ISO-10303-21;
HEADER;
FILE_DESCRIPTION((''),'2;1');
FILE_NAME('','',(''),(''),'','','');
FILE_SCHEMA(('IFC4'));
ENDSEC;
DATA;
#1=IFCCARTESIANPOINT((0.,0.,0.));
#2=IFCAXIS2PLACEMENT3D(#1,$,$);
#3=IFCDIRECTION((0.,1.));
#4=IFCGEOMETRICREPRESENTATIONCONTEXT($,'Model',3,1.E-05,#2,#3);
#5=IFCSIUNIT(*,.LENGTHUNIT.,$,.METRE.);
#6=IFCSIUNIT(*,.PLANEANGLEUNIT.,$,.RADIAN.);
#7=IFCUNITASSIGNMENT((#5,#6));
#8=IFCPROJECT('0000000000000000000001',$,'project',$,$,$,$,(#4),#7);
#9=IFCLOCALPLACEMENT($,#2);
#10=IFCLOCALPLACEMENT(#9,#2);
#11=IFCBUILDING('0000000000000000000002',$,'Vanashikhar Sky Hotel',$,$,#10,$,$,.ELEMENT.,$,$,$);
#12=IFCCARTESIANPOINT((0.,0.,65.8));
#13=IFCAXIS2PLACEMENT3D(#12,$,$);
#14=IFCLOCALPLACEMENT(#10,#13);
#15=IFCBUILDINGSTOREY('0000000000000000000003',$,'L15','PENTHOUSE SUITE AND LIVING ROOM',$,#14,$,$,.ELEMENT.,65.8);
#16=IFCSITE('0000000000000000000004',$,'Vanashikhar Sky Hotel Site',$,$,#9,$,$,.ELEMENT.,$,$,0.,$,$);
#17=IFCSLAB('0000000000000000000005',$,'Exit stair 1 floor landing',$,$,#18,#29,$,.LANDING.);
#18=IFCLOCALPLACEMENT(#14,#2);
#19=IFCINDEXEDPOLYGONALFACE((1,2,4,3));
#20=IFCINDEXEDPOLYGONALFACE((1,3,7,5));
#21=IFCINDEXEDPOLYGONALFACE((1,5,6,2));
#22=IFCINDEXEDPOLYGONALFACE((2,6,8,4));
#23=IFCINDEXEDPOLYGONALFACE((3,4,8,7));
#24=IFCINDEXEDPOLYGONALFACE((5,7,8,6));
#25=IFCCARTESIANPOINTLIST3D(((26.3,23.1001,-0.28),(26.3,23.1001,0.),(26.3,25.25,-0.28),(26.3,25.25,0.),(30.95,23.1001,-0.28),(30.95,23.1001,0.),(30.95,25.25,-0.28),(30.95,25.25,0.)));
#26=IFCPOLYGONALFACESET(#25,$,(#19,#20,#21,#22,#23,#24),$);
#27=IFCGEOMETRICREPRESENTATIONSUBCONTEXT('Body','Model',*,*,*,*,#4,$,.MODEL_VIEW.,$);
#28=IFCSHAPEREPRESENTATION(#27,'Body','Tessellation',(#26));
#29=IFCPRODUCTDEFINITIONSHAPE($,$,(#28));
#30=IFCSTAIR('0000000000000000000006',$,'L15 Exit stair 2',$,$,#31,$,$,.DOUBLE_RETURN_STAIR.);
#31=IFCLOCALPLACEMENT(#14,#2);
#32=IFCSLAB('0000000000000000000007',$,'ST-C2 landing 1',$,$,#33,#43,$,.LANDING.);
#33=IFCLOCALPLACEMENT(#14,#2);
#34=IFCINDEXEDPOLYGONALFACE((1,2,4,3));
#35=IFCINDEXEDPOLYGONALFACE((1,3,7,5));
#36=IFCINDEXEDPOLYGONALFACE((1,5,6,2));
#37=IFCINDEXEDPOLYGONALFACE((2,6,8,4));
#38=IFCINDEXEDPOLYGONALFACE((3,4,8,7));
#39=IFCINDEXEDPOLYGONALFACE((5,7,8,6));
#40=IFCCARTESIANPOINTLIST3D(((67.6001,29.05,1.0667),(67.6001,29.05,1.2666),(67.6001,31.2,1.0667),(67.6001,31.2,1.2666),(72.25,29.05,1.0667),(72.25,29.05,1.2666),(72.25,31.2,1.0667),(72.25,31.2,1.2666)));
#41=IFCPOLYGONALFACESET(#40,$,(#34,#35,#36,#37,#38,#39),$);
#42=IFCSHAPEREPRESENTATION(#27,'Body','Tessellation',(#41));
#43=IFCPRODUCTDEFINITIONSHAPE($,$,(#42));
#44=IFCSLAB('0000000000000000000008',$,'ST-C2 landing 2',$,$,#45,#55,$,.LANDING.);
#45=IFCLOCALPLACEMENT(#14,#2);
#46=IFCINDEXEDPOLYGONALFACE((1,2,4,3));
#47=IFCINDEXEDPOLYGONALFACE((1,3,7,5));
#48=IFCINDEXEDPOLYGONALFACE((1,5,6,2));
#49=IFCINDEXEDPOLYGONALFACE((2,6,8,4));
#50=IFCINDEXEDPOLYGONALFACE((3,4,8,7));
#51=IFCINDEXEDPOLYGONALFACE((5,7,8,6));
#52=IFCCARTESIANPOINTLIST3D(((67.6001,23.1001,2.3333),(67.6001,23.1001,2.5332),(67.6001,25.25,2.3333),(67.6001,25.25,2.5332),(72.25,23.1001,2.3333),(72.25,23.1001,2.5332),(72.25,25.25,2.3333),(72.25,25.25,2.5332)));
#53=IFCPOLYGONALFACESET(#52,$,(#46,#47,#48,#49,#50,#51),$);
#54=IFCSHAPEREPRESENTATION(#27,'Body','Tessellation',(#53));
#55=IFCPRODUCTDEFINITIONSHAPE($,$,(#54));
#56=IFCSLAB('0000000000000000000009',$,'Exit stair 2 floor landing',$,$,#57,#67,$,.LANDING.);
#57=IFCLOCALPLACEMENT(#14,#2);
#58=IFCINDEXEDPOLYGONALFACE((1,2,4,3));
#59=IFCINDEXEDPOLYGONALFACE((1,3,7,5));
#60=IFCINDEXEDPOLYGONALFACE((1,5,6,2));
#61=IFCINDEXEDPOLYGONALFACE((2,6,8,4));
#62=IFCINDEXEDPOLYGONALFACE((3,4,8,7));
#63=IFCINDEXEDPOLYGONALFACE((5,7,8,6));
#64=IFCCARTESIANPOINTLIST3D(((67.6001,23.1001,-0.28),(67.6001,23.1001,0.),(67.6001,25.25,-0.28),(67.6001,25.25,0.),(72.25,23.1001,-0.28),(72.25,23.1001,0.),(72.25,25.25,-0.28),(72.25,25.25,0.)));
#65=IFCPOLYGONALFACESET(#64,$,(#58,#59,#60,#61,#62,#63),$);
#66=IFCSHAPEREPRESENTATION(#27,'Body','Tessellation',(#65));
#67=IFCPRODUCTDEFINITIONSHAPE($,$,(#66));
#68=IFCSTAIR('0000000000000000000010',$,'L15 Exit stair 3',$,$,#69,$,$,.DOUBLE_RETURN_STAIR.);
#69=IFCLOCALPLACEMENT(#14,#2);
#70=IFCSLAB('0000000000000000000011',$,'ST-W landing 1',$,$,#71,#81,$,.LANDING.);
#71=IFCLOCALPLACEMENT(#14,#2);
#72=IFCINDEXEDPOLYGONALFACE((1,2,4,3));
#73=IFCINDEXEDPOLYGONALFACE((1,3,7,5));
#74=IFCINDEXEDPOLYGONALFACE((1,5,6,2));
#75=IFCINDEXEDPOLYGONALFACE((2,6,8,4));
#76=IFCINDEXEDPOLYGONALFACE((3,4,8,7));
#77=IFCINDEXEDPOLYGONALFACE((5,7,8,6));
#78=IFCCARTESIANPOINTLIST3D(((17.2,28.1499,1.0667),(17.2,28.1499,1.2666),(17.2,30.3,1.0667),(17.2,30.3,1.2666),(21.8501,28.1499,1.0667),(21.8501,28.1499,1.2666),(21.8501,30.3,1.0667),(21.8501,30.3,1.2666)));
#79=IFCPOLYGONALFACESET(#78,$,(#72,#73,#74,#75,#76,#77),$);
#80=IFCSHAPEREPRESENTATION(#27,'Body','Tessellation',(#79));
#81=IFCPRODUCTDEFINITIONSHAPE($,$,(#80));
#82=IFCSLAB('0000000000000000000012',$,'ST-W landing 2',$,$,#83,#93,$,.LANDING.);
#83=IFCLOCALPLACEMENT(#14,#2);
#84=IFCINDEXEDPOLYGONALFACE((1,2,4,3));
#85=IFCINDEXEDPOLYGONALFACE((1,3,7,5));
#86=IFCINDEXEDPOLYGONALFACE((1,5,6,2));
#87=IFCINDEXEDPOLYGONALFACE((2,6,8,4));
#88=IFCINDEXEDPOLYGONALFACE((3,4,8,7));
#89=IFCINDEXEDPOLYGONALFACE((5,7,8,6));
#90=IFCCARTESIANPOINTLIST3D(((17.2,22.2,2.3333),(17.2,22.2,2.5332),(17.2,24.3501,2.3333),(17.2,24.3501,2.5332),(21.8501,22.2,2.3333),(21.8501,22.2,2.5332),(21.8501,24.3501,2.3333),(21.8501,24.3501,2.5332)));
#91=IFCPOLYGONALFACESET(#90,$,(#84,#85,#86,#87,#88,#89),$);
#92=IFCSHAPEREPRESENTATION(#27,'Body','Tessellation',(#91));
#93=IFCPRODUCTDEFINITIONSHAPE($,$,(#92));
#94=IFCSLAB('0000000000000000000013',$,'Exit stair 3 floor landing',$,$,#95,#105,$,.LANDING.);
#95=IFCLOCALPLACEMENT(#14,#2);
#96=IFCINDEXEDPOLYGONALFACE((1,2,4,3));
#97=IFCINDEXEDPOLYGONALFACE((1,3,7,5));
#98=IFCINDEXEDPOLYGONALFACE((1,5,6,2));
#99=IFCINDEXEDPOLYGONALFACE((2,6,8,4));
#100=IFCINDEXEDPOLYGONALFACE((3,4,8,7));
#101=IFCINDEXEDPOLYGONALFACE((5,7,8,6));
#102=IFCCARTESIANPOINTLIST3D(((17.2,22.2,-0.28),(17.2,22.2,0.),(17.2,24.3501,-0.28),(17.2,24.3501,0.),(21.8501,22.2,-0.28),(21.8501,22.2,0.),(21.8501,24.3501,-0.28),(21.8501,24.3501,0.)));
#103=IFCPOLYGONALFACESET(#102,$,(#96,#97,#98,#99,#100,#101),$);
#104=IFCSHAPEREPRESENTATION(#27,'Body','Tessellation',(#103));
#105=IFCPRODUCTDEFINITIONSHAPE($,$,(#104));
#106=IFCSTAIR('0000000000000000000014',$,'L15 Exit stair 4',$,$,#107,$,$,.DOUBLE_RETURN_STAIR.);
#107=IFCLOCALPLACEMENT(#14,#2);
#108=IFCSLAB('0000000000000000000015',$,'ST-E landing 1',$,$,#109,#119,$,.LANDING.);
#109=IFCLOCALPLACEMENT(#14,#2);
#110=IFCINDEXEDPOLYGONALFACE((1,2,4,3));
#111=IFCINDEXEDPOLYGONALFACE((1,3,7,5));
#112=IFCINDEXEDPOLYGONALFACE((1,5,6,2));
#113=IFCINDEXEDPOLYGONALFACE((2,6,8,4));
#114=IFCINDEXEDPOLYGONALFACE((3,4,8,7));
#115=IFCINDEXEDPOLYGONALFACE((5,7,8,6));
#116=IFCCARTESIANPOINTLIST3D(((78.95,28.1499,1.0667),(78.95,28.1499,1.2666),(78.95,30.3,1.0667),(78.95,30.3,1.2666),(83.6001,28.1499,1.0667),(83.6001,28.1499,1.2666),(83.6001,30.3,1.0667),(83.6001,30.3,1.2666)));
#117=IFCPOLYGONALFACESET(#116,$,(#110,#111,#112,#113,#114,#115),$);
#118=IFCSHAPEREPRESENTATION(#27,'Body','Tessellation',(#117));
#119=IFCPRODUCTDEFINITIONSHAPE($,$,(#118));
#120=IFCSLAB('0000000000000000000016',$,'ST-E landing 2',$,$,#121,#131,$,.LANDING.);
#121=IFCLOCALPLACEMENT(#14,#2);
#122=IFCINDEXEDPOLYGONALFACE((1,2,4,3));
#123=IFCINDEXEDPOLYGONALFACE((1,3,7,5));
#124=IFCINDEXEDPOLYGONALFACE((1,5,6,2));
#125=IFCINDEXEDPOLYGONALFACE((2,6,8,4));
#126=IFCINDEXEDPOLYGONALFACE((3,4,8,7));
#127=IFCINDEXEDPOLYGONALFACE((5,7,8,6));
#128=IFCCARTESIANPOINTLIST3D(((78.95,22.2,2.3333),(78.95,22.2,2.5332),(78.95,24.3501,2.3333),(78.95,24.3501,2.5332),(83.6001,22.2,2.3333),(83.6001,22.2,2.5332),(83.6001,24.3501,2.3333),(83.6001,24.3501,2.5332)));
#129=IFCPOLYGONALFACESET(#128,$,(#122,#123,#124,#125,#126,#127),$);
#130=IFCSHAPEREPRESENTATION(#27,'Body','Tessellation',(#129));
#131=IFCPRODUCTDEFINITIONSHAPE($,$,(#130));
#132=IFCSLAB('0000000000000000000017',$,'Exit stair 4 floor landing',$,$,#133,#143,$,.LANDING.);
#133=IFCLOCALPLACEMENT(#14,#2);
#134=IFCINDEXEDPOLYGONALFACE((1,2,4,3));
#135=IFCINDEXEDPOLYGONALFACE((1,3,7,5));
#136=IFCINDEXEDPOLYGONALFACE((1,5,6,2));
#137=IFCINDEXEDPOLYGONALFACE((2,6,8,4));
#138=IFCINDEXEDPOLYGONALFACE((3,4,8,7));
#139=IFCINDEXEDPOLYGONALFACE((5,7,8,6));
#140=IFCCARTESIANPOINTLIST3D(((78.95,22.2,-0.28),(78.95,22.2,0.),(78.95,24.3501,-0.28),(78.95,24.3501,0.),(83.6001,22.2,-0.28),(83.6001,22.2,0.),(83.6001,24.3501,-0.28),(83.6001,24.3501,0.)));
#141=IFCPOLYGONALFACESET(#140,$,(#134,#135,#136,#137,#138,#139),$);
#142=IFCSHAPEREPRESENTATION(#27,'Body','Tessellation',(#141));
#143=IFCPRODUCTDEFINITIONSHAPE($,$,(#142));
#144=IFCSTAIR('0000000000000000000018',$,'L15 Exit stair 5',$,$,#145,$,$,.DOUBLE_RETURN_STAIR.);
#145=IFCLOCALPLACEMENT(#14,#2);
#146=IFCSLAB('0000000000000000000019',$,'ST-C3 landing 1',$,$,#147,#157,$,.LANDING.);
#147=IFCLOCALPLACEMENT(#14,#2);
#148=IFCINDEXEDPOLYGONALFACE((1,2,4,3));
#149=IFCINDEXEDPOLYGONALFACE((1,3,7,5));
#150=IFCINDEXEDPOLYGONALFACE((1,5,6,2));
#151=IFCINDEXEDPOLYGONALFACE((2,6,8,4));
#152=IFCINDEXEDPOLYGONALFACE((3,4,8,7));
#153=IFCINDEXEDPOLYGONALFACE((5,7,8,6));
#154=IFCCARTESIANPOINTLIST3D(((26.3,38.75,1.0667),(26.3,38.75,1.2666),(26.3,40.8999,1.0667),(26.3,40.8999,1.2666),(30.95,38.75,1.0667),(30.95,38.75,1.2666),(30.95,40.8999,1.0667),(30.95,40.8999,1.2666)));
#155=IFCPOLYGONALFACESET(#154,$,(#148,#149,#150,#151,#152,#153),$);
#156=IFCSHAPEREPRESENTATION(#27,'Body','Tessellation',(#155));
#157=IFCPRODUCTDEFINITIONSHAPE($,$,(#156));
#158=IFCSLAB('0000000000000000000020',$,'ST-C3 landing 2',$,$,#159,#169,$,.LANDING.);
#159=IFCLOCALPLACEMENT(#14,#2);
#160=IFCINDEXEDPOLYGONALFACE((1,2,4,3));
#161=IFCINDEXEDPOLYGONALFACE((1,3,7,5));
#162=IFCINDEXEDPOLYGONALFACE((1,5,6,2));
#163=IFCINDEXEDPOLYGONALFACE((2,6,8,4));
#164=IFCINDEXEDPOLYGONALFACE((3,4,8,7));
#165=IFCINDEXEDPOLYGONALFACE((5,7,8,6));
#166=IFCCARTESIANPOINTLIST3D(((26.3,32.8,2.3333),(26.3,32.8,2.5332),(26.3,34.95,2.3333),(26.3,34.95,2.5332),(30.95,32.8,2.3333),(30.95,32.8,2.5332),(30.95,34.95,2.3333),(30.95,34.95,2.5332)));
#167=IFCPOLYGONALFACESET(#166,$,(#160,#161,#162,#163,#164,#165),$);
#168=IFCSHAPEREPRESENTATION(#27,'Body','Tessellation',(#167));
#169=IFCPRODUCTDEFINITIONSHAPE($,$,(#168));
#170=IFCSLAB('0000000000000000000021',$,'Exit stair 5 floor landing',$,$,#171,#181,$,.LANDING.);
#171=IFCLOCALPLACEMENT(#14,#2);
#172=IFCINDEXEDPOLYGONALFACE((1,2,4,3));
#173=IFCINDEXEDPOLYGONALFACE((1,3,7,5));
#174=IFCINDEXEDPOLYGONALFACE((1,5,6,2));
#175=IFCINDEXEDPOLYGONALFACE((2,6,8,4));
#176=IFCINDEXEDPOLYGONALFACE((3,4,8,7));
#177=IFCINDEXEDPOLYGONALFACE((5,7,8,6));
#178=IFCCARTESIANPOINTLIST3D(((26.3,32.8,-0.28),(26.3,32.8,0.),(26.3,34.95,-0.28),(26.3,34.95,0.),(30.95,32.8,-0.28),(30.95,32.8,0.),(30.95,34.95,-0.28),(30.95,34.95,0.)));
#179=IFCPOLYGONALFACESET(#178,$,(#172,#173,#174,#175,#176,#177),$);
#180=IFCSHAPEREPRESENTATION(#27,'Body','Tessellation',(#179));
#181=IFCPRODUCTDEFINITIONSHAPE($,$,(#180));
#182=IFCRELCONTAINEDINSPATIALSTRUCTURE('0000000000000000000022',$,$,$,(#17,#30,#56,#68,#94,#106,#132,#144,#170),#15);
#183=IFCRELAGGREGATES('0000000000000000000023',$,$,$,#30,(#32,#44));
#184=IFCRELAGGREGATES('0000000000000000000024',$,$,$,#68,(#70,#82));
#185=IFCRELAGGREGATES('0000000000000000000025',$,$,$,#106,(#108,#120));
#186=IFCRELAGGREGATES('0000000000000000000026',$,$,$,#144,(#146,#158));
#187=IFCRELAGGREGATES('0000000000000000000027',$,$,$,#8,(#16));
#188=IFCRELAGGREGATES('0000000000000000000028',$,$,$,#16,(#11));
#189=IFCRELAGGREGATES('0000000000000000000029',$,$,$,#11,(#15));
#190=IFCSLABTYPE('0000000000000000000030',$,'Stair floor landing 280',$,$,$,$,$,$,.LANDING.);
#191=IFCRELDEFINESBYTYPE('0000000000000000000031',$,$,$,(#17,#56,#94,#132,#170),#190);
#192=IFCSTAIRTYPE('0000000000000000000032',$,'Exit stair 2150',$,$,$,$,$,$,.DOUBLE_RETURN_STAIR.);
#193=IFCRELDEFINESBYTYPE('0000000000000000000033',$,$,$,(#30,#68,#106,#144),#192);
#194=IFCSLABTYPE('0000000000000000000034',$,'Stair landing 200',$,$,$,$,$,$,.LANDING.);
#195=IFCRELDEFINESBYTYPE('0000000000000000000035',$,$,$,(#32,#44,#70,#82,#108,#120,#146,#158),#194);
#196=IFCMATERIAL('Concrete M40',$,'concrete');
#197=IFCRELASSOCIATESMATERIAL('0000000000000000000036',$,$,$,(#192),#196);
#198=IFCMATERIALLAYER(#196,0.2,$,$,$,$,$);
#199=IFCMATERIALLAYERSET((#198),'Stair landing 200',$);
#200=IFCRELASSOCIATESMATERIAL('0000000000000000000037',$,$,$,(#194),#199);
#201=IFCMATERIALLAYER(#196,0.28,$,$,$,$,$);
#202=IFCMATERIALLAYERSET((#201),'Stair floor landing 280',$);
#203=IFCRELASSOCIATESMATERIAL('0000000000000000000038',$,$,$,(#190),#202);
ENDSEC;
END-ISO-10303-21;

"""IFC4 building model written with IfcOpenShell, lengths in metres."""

from ifc_helpers import new_model, si_unit, direction, frame, origin, place, context, subcontext, project, spatial, polyline, outline, extrude, source, transform, mapped, material, layer, layer_set, type_object, element, aggregate, save


model = new_model("IFC4")

# Units and contexts
model_context = context("Model", 3, precision=1e-05, world=origin(), true_north=direction((0.0, 1.0)))
body_context = subcontext(model_context, "Body", "Model", "MODEL_VIEW")
ifc_project = project(units=[si_unit("LENGTHUNIT", "METRE"), si_unit("PLANEANGLEUNIT", "RADIAN")], contexts=[model_context])

# Site, building, storey
site_placement = place(None, origin())
site = spatial("IfcSite", under=ifc_project, at=site_placement, Name="Vanashikhar Sky Hotel Site", CompositionType="ELEMENT", RefElevation=0.0)
building_placement = place(site_placement, origin())
building = spatial("IfcBuilding", under=site, at=building_placement, Name="Vanashikhar Sky Hotel", CompositionType="ELEMENT")
storey_placement = place(building_placement, frame((0.0, 0.0, 65.8)))
storey = spatial("IfcBuildingStorey", under=building, at=storey_placement, Name="L15", Description="PENTHOUSE SUITE AND LIVING ROOM", CompositionType="ELEMENT", Elevation=65.8)

# Shared definitions
ifc_material_1 = material(Name="Concrete M40", Category="concrete")

# Shared definitions
stair_type = type_object("IfcStairType", Name="Exit stair 2150", PredefinedType="DOUBLE_RETURN_STAIR", material=ifc_material_1)
ifc_layer_1 = layer(ifc_material_1, 0.2)
ifc_layer_set_1 = layer_set([ifc_layer_1], Name="Stair landing 200")
slab_type_1 = type_object("IfcSlabType", Name="Stair landing 200", PredefinedType="LANDING", material=ifc_layer_set_1)

# Slab
ifc_layer_2 = layer(ifc_material_1, 0.28)
ifc_layer_set_2 = layer_set([ifc_layer_2], Name="Stair floor landing 280")
slab_type_2 = type_object("IfcSlabType", Name="Stair floor landing 280", PredefinedType="LANDING", material=ifc_layer_set_2)
shared_shape_1 = source(origin(), body_context, "Body", "SweptSolid", [
    extrude(outline(polyline([(30.95, 23.1001), (30.95, 25.25), (26.3, 25.25), (26.3, 23.1001), (30.95, 23.1001)])), origin(), (0.0, 0.0, 1.0), 0.28),
])
slab_1_placement = place(storey_placement, frame((0.0, 0.0, -0.28)))
element("IfcSlab", 1, at=slab_1_placement, inside=storey, type_object=slab_type_2, Name="Exit stair 1 floor landing", PredefinedType="LANDING", context=body_context, shape_type="MappedRepresentation", body=[
    mapped(shared_shape_1, transform((0.0, 0.0, 0.0), scale=1.0)),
])

# Stair, slabs
stair_1_placement = place(storey_placement, origin())
stair_1 = element("IfcStair", 2, at=stair_1_placement, inside=storey, type_object=stair_type, Name="L15 Exit stair 2", PredefinedType="DOUBLE_RETURN_STAIR")
shared_shape_2 = source(origin(), body_context, "Body", "SweptSolid", [
    extrude(outline(polyline([(72.25, 29.05), (72.25, 31.2), (67.6001, 31.2), (67.6001, 29.05), (72.25, 29.05)])), origin(), (0.0, 0.0, 1.0), 0.2),
])
slab_2_placement = place(storey_placement, frame((0.0, 0.0, 1.0667)))
slab_2 = element("IfcSlab", 3, at=slab_2_placement, type_object=slab_type_1, Name="ST-C2 landing 1", PredefinedType="LANDING", context=body_context, shape_type="MappedRepresentation", body=[
    mapped(shared_shape_2, transform((0.0, 0.0, 0.0), scale=1.0)),
])
shared_shape_3 = source(origin(), body_context, "Body", "SweptSolid", [
    extrude(outline(polyline([(72.25, 23.1001), (72.25, 25.25), (67.6001, 25.25), (67.6001, 23.1001), (72.25, 23.1001)])), origin(), (0.0, 0.0, 1.0), 0.2),
])
slab_3_placement = place(storey_placement, frame((0.0, 0.0, 2.3333)))
slab_3 = element("IfcSlab", 4, at=slab_3_placement, type_object=slab_type_1, Name="ST-C2 landing 2", PredefinedType="LANDING", context=body_context, shape_type="MappedRepresentation", body=[
    mapped(shared_shape_3, transform((0.0, 0.0, 0.0), scale=1.0)),
])
aggregate(stair_1, [slab_2, slab_3])

# Slab
shared_shape_4 = source(origin(), body_context, "Body", "SweptSolid", [
    extrude(outline(polyline([(72.25, 23.1001), (72.25, 25.25), (67.6001, 25.25), (67.6001, 23.1001), (72.25, 23.1001)])), origin(), (0.0, 0.0, 1.0), 0.28),
])
slab_4_placement = place(storey_placement, frame((0.0, 0.0, -0.28)))
element("IfcSlab", 5, at=slab_4_placement, inside=storey, type_object=slab_type_2, Name="Exit stair 2 floor landing", PredefinedType="LANDING", context=body_context, shape_type="MappedRepresentation", body=[
    mapped(shared_shape_4, transform((0.0, 0.0, 0.0), scale=1.0)),
])

# Stair, slabs
stair_2_placement = place(storey_placement, origin())
stair_2 = element("IfcStair", 6, at=stair_2_placement, inside=storey, type_object=stair_type, Name="L15 Exit stair 3", PredefinedType="DOUBLE_RETURN_STAIR")
shared_shape_5 = source(origin(), body_context, "Body", "SweptSolid", [
    extrude(outline(polyline([(21.8501, 28.1499), (21.8501, 30.3), (17.2, 30.3), (17.2, 28.1499), (21.8501, 28.1499)])), origin(), (0.0, 0.0, 1.0), 0.2),
])
slab_5_placement = place(storey_placement, frame((0.0, 0.0, 1.0667)))
slab_5 = element("IfcSlab", 7, at=slab_5_placement, type_object=slab_type_1, Name="ST-W landing 1", PredefinedType="LANDING", context=body_context, shape_type="MappedRepresentation", body=[
    mapped(shared_shape_5, transform((0.0, 0.0, 0.0), scale=1.0)),
])
shared_shape_6 = source(origin(), body_context, "Body", "SweptSolid", [
    extrude(outline(polyline([(21.8501, 22.2), (21.8501, 24.3501), (17.2, 24.3501), (17.2, 22.2), (21.8501, 22.2)])), origin(), (0.0, 0.0, 1.0), 0.2),
])
slab_6_placement = place(storey_placement, frame((0.0, 0.0, 2.3333)))
slab_6 = element("IfcSlab", 8, at=slab_6_placement, type_object=slab_type_1, Name="ST-W landing 2", PredefinedType="LANDING", context=body_context, shape_type="MappedRepresentation", body=[
    mapped(shared_shape_6, transform((0.0, 0.0, 0.0), scale=1.0)),
])
aggregate(stair_2, [slab_5, slab_6])

# Slab
shared_shape_7 = source(origin(), body_context, "Body", "SweptSolid", [
    extrude(outline(polyline([(21.8501, 22.2), (21.8501, 24.3501), (17.2, 24.3501), (17.2, 22.2), (21.8501, 22.2)])), origin(), (0.0, 0.0, 1.0), 0.28),
])
slab_7_placement = place(storey_placement, frame((0.0, 0.0, -0.28)))
element("IfcSlab", 9, at=slab_7_placement, inside=storey, type_object=slab_type_2, Name="Exit stair 3 floor landing", PredefinedType="LANDING", context=body_context, shape_type="MappedRepresentation", body=[
    mapped(shared_shape_7, transform((0.0, 0.0, 0.0), scale=1.0)),
])

# Stair, slabs
stair_3_placement = place(storey_placement, origin())
stair_3 = element("IfcStair", 10, at=stair_3_placement, inside=storey, type_object=stair_type, Name="L15 Exit stair 4", PredefinedType="DOUBLE_RETURN_STAIR")
shared_shape_8 = source(origin(), body_context, "Body", "SweptSolid", [
    extrude(outline(polyline([(83.6001, 28.1499), (83.6001, 30.3), (78.95, 30.3), (78.95, 28.1499), (83.6001, 28.1499)])), origin(), (0.0, 0.0, 1.0), 0.2),
])
slab_8_placement = place(storey_placement, frame((0.0, 0.0, 1.0667)))
slab_8 = element("IfcSlab", 11, at=slab_8_placement, type_object=slab_type_1, Name="ST-E landing 1", PredefinedType="LANDING", context=body_context, shape_type="MappedRepresentation", body=[
    mapped(shared_shape_8, transform((0.0, 0.0, 0.0), scale=1.0)),
])
shared_shape_9 = source(origin(), body_context, "Body", "SweptSolid", [
    extrude(outline(polyline([(83.6001, 22.2), (83.6001, 24.3501), (78.95, 24.3501), (78.95, 22.2), (83.6001, 22.2)])), origin(), (0.0, 0.0, 1.0), 0.2),
])
slab_9_placement = place(storey_placement, frame((0.0, 0.0, 2.3333)))
slab_9 = element("IfcSlab", 12, at=slab_9_placement, type_object=slab_type_1, Name="ST-E landing 2", PredefinedType="LANDING", context=body_context, shape_type="MappedRepresentation", body=[
    mapped(shared_shape_9, transform((0.0, 0.0, 0.0), scale=1.0)),
])
aggregate(stair_3, [slab_8, slab_9])

# Slab
shared_shape_10 = source(origin(), body_context, "Body", "SweptSolid", [
    extrude(outline(polyline([(83.6001, 22.2), (83.6001, 24.3501), (78.95, 24.3501), (78.95, 22.2), (83.6001, 22.2)])), origin(), (0.0, 0.0, 1.0), 0.28),
])
slab_10_placement = place(storey_placement, frame((0.0, 0.0, -0.28)))
element("IfcSlab", 13, at=slab_10_placement, inside=storey, type_object=slab_type_2, Name="Exit stair 4 floor landing", PredefinedType="LANDING", context=body_context, shape_type="MappedRepresentation", body=[
    mapped(shared_shape_10, transform((0.0, 0.0, 0.0), scale=1.0)),
])

# Stair, slabs
stair_4_placement = place(storey_placement, origin())
stair_4 = element("IfcStair", 14, at=stair_4_placement, inside=storey, type_object=stair_type, Name="L15 Exit stair 5", PredefinedType="DOUBLE_RETURN_STAIR")
shared_shape_11 = source(origin(), body_context, "Body", "SweptSolid", [
    extrude(outline(polyline([(30.95, 38.75), (30.95, 40.8999), (26.3, 40.8999), (26.3, 38.75), (30.95, 38.75)])), origin(), (0.0, 0.0, 1.0), 0.2),
])
slab_11_placement = place(storey_placement, frame((0.0, 0.0, 1.0667)))
slab_11 = element("IfcSlab", 15, at=slab_11_placement, type_object=slab_type_1, Name="ST-C3 landing 1", PredefinedType="LANDING", context=body_context, shape_type="MappedRepresentation", body=[
    mapped(shared_shape_11, transform((0.0, 0.0, 0.0), scale=1.0)),
])
shared_shape_12 = source(origin(), body_context, "Body", "SweptSolid", [
    extrude(outline(polyline([(30.95, 32.8), (30.95, 34.95), (26.3, 34.95), (26.3, 32.8), (30.95, 32.8)])), origin(), (0.0, 0.0, 1.0), 0.2),
])
slab_12_placement = place(storey_placement, frame((0.0, 0.0, 2.3333)))
slab_12 = element("IfcSlab", 16, at=slab_12_placement, type_object=slab_type_1, Name="ST-C3 landing 2", PredefinedType="LANDING", context=body_context, shape_type="MappedRepresentation", body=[
    mapped(shared_shape_12, transform((0.0, 0.0, 0.0), scale=1.0)),
])
aggregate(stair_4, [slab_11, slab_12])

# Slab
shared_shape_13 = source(origin(), body_context, "Body", "SweptSolid", [
    extrude(outline(polyline([(30.95, 32.8), (30.95, 34.95), (26.3, 34.95), (26.3, 32.8), (30.95, 32.8)])), origin(), (0.0, 0.0, 1.0), 0.28),
])
slab_13_placement = place(storey_placement, frame((0.0, 0.0, -0.28)))
element("IfcSlab", 17, at=slab_13_placement, inside=storey, type_object=slab_type_2, Name="Exit stair 5 floor landing", PredefinedType="LANDING", context=body_context, shape_type="MappedRepresentation", body=[
    mapped(shared_shape_13, transform((0.0, 0.0, 0.0), scale=1.0)),
])

save(model, "model.ifc")
